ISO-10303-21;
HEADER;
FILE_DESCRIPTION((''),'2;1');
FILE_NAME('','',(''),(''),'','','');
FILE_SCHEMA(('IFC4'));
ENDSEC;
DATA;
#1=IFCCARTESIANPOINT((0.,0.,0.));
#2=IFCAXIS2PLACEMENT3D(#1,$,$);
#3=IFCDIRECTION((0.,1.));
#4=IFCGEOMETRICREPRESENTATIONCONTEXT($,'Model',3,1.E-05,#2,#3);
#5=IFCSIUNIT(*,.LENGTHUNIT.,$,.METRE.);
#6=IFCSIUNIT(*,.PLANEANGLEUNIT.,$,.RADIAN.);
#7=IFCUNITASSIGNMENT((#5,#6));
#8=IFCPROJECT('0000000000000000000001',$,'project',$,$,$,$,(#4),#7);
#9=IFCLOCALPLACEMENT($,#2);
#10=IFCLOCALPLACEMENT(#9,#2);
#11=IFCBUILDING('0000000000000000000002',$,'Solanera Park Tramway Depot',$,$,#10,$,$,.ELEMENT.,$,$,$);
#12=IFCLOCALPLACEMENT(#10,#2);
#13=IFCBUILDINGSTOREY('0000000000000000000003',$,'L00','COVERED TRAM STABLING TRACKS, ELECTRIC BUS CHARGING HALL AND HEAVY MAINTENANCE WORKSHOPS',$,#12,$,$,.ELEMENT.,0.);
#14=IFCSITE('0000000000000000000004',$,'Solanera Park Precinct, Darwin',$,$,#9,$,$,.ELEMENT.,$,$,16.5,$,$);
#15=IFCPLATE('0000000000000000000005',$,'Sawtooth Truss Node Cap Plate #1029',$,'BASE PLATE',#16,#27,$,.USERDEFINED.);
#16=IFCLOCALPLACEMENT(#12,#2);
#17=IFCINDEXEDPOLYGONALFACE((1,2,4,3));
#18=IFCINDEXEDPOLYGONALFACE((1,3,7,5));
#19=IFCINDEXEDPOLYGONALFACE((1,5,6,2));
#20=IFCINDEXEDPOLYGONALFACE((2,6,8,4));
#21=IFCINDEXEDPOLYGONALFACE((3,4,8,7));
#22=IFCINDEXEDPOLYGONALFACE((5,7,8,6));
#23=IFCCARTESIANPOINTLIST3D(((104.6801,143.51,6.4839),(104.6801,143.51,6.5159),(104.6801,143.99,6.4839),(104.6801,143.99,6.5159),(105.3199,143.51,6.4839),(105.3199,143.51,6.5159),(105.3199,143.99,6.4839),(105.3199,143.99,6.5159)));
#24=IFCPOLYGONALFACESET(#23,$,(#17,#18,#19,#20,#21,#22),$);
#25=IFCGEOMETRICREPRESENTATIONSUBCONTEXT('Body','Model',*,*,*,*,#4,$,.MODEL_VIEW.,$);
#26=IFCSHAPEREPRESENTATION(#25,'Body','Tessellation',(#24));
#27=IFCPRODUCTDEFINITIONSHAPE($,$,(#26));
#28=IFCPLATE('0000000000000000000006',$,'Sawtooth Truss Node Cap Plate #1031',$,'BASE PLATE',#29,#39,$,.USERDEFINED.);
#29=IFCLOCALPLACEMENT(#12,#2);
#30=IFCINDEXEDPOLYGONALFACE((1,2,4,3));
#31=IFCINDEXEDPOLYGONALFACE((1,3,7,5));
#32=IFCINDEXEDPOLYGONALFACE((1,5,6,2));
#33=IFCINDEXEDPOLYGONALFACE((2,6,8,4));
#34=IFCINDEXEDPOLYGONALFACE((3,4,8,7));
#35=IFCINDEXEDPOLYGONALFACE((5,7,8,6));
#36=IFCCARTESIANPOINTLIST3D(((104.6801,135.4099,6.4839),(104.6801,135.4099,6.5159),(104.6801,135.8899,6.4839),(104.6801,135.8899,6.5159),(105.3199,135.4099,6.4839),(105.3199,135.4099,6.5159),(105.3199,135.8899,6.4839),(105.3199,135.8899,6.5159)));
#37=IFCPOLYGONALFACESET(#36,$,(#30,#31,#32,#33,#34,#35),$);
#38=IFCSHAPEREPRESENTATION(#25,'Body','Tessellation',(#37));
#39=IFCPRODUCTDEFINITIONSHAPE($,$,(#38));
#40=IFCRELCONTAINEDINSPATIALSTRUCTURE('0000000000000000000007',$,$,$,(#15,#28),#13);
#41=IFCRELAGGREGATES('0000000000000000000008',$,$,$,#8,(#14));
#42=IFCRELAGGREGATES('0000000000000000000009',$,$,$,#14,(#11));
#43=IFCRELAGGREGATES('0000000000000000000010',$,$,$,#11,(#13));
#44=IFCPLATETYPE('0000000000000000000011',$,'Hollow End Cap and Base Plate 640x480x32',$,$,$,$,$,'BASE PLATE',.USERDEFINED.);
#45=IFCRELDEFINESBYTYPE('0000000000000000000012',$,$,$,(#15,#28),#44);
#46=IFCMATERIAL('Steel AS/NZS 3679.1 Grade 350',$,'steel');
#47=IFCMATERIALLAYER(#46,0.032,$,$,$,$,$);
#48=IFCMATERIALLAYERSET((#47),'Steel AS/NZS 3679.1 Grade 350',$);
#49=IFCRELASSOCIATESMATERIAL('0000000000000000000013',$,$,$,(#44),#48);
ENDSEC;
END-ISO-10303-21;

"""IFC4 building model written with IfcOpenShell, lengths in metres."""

from ifc_helpers import new_model, si_unit, direction, frame, origin, origin_2d, place, context, subcontext, project, spatial, rectangle, extrude, material, layer, layer_set, type_object, element, save


model = new_model("IFC4")

# Units and contexts
model_context = context("Model", 3, precision=1e-05, world=origin(), true_north=direction((0.0, 1.0)))
body_context = subcontext(model_context, "Body", "Model", "MODEL_VIEW")
ifc_project = project(units=[si_unit("LENGTHUNIT", "METRE"), si_unit("PLANEANGLEUNIT", "RADIAN")], contexts=[model_context])

# Site, building, storey
site_placement = place(None, origin())
site = spatial("IfcSite", under=ifc_project, at=site_placement, Name="Solanera Park Precinct, Darwin", CompositionType="ELEMENT", RefElevation=16.5)
building_placement = place(site_placement, origin())
building = spatial("IfcBuilding", under=site, at=building_placement, Name="Solanera Park Tramway Depot", CompositionType="ELEMENT")
storey_placement = place(building_placement, origin())
storey = spatial("IfcBuildingStorey", under=building, at=storey_placement, Name="L00", Description="COVERED TRAM STABLING TRACKS, ELECTRIC BUS CHARGING HALL AND HEAVY MAINTENANCE WORKSHOPS", CompositionType="ELEMENT", Elevation=0.0)

# Plates
ifc_material_1 = material(Name="Steel AS/NZS 3679.1 Grade 350", Category="steel")
ifc_layer_1 = layer(ifc_material_1, 0.032)
ifc_layer_set_1 = layer_set([ifc_layer_1], Name="Steel AS/NZS 3679.1 Grade 350")
plate_type_1 = type_object("IfcPlateType", Name="Hollow End Cap and Base Plate 640x480x32", ElementType="BASE PLATE", PredefinedType="USERDEFINED", material=ifc_layer_set_1)
for number, where, z_axis, x_axis, name in (
    (1, (105.0, 143.75, 6.4839), (0.0, 0.0, 1.0), (1.0, 0.0, 0.0), "Sawtooth Truss Node Cap Plate #1029"),
    (2, (105.0, 135.6499, 6.4839), (0.0, 0.0, 1.0), (1.0, 0.0, 0.0), "Sawtooth Truss Node Cap Plate #1031"),
):
    element("IfcPlate", number, at=place(storey_placement, frame(where, z_axis=z_axis, x_axis=x_axis)), inside=storey, type_object=plate_type_1, Name=name, ObjectType="BASE PLATE", PredefinedType="USERDEFINED", context=body_context, shape_type="SweptSolid", body=[
        extrude(rectangle(XDim=0.6399, YDim=0.48, at=origin_2d()), origin(), (0.0, 0.0, 1.0), 0.032),
    ])

save(model, "model.ifc")
